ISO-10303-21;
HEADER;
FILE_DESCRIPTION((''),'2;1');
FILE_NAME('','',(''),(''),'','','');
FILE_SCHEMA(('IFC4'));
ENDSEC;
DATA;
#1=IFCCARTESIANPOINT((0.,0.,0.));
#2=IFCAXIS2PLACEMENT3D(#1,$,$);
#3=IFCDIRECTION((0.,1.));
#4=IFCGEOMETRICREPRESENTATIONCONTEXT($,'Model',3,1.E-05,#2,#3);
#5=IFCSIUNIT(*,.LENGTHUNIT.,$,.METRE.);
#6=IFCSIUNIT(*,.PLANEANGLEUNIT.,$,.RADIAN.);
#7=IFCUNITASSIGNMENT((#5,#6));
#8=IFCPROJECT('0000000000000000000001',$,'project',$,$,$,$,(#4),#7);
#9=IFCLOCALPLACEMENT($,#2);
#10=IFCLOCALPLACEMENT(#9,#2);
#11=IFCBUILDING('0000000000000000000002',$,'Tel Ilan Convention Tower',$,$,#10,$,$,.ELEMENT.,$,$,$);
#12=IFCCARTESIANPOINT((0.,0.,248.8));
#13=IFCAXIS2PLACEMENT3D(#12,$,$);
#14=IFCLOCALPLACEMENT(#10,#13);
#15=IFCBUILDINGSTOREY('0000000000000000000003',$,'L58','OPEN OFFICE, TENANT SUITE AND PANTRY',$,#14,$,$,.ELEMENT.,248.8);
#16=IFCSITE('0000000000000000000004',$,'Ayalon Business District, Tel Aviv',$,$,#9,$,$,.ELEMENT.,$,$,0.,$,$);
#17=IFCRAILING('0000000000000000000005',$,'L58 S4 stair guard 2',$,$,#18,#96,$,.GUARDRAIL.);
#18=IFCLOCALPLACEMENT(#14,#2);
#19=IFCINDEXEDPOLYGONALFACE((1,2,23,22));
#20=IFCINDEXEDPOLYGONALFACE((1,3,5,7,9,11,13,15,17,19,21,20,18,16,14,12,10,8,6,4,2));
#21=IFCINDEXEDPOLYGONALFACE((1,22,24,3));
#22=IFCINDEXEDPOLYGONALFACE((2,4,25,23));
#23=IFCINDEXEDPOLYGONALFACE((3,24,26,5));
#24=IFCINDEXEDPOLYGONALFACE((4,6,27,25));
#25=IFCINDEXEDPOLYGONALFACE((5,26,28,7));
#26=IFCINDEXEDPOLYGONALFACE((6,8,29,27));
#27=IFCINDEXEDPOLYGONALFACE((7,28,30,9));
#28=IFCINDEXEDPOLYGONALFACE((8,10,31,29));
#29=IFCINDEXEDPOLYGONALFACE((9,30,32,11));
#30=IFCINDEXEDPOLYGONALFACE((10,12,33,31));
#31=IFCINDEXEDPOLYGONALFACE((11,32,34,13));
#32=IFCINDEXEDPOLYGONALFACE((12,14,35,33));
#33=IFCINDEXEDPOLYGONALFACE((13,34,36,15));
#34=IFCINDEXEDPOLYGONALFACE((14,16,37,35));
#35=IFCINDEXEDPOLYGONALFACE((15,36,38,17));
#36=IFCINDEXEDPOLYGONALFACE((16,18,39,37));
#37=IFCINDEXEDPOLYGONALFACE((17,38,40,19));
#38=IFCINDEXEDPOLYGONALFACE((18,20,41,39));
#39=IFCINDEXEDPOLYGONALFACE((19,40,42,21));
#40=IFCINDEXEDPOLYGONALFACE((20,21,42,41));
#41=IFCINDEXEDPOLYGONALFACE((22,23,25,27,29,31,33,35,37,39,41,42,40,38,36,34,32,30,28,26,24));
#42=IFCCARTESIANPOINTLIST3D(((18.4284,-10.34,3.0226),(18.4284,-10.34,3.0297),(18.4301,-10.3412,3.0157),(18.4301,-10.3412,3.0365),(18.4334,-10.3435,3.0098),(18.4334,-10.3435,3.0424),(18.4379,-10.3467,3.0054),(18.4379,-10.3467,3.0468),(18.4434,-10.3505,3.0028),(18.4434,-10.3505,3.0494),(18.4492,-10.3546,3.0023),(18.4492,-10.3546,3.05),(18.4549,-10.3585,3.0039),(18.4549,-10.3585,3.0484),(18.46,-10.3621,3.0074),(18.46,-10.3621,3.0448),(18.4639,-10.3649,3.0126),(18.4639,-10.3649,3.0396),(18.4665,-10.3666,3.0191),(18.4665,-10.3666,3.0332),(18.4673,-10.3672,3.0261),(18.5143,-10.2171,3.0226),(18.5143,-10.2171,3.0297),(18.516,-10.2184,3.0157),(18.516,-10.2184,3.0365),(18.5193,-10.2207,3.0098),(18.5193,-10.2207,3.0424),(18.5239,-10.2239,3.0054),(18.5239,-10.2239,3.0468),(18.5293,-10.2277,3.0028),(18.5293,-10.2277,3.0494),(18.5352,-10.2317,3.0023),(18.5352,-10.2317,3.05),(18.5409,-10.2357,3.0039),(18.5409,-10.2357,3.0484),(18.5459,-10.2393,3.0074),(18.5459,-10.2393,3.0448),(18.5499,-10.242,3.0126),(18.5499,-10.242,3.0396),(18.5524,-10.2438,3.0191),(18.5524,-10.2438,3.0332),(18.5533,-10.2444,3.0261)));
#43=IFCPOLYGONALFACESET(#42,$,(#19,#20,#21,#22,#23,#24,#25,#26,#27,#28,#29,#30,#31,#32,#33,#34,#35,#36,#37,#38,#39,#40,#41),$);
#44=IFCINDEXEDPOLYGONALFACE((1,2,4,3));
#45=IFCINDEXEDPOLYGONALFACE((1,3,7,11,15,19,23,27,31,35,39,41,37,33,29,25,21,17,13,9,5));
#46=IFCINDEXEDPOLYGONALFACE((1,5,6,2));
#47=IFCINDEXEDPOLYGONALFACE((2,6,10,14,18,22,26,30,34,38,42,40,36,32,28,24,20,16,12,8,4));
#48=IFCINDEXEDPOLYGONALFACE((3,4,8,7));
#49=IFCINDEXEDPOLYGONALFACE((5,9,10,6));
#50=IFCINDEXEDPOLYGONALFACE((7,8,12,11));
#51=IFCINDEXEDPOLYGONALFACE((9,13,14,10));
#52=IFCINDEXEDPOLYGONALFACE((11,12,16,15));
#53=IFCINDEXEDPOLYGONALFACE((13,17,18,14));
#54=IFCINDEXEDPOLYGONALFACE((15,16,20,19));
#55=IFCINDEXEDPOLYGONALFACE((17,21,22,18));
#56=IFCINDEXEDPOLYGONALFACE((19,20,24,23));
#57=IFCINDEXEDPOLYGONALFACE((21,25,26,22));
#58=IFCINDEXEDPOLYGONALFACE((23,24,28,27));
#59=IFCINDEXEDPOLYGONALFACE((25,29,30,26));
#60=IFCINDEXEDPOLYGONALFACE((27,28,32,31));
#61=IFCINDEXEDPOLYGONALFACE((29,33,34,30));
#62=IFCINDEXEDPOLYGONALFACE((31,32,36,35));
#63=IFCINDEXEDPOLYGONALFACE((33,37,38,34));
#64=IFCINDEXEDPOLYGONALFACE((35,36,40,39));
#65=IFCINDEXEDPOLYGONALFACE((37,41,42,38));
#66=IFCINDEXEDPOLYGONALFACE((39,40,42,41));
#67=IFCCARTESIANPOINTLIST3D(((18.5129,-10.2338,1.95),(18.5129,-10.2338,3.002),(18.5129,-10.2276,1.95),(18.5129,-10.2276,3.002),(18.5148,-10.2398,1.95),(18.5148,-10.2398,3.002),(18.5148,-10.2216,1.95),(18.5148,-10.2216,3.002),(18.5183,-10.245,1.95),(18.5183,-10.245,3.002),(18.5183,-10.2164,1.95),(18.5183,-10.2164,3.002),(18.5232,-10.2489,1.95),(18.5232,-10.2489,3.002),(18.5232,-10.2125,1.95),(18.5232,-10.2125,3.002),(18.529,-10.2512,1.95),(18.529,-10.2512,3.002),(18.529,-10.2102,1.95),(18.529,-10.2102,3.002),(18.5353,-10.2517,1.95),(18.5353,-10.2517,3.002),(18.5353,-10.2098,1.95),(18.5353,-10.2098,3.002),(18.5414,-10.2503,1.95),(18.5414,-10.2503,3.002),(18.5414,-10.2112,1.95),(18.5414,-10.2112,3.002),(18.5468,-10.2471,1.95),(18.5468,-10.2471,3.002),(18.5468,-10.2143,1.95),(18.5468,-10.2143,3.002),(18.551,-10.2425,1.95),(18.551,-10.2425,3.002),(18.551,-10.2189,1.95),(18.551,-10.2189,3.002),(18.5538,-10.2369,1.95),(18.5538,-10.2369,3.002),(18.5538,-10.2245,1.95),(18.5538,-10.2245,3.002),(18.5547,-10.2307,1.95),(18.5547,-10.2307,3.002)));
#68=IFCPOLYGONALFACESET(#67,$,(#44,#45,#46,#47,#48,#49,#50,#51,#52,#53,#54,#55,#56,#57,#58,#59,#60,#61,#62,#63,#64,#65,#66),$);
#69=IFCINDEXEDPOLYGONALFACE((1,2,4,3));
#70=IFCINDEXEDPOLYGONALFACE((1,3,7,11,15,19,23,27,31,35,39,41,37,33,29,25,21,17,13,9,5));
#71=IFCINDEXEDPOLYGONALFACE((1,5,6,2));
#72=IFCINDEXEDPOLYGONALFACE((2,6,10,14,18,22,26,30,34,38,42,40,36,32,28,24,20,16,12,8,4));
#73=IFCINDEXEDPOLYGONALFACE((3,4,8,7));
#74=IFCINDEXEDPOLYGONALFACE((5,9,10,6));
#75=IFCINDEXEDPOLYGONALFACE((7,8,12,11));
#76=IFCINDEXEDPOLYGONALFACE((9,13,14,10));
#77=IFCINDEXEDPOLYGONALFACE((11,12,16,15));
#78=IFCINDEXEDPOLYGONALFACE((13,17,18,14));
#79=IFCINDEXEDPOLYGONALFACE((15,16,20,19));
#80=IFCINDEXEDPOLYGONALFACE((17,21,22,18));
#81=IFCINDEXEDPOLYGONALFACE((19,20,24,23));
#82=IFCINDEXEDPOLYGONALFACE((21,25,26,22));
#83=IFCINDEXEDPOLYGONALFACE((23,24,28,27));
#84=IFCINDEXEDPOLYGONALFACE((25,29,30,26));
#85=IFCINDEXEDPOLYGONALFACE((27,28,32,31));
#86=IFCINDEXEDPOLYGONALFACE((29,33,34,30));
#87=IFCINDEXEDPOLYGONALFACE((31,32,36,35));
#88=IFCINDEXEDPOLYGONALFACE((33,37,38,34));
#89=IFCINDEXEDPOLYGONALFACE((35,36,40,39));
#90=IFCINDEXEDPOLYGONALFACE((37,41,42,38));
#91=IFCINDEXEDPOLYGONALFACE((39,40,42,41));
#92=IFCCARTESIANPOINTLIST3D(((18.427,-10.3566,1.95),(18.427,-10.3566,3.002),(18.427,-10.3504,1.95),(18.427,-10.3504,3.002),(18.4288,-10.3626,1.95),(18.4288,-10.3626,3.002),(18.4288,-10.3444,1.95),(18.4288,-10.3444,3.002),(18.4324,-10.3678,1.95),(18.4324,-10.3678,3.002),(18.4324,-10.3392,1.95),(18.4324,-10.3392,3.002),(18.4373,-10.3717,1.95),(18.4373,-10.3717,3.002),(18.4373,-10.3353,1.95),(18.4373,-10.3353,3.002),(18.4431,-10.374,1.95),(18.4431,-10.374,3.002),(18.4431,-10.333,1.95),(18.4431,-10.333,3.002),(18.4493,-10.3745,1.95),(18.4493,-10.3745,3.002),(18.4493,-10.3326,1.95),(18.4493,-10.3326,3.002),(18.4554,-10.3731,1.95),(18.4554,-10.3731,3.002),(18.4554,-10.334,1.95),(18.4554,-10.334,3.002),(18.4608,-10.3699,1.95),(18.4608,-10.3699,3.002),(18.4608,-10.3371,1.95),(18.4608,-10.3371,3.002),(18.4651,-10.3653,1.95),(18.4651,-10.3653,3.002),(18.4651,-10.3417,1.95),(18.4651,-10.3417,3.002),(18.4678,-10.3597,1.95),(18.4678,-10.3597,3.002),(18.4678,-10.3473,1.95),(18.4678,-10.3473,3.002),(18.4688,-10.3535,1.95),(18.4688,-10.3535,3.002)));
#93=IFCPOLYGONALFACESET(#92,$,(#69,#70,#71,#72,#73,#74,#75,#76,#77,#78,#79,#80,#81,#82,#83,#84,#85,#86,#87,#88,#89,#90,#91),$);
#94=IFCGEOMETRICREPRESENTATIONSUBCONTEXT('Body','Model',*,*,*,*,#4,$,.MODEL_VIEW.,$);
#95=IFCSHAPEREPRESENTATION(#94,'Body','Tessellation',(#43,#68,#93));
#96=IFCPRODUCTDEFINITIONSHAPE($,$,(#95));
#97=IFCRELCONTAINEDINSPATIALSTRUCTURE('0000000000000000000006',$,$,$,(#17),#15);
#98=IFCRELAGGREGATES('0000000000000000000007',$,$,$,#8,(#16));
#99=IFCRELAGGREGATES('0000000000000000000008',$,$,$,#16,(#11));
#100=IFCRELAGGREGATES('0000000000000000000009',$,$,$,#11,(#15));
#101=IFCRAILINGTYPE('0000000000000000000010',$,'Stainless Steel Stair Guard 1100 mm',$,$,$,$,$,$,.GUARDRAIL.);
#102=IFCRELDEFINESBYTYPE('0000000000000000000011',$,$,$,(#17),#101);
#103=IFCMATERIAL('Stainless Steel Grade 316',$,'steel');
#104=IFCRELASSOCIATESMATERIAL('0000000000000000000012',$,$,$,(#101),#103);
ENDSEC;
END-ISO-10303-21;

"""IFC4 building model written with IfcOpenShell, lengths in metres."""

from ifc_helpers import new_model, si_unit, direction, frame, origin, origin_2d, place, context, subcontext, project, spatial, circle, extrude, material, type_object, element, save


model = new_model("IFC4")

# Units and contexts
model_context = context("Model", 3, precision=1e-05, world=origin(), true_north=direction((0.0, 1.0)))
body_context = subcontext(model_context, "Body", "Model", "MODEL_VIEW")
ifc_project = project(units=[si_unit("LENGTHUNIT", "METRE"), si_unit("PLANEANGLEUNIT", "RADIAN")], contexts=[model_context])

# Site, building, storey
site_placement = place(None, origin())
site = spatial("IfcSite", under=ifc_project, at=site_placement, Name="Ayalon Business District, Tel Aviv", CompositionType="ELEMENT", RefElevation=0.0)
building_placement = place(site_placement, origin())
building = spatial("IfcBuilding", under=site, at=building_placement, Name="Tel Ilan Convention Tower", CompositionType="ELEMENT")
storey_placement = place(building_placement, frame((0.0, 0.0, 248.8)))
storey = spatial("IfcBuildingStorey", under=building, at=storey_placement, Name="L58", Description="OPEN OFFICE, TENANT SUITE AND PANTRY", CompositionType="ELEMENT", Elevation=248.8)

# Railing
ifc_material_1 = material(Name="Stainless Steel Grade 316", Category="steel")
railing_type_1 = type_object("IfcRailingType", Name="Stainless Steel Stair Guard 1100 mm", PredefinedType="GUARDRAIL", material=ifc_material_1)
railing_1_placement = place(storey_placement, frame((18.5337, -10.2307, 1.95)))
element("IfcRailing", 1, at=railing_1_placement, inside=storey, type_object=railing_type_1, Name="L58 S4 stair guard 2", PredefinedType="GUARDRAIL", context=body_context, shape_type="SweptSolid", body=[
    extrude(circle(Radius=0.0239, at=origin_2d()), frame((0.0, 0.0, 1.0762), z_axis=(-0.573353, -0.819308, 0.0), x_axis=(0.819308, -0.573353, 0.0)), (0.0, 0.0, 1.0), 0.1499),
    extrude(circle(Radius=0.021, at=origin_2d()), origin(), (0.0, 0.0, 1.0), 1.052),
    extrude(circle(Radius=0.021, at=origin_2d()), frame((-0.0859, -0.1228, 0.0)), (0.0, 0.0, 1.0), 1.052),
])

save(model, "model.ifc")
